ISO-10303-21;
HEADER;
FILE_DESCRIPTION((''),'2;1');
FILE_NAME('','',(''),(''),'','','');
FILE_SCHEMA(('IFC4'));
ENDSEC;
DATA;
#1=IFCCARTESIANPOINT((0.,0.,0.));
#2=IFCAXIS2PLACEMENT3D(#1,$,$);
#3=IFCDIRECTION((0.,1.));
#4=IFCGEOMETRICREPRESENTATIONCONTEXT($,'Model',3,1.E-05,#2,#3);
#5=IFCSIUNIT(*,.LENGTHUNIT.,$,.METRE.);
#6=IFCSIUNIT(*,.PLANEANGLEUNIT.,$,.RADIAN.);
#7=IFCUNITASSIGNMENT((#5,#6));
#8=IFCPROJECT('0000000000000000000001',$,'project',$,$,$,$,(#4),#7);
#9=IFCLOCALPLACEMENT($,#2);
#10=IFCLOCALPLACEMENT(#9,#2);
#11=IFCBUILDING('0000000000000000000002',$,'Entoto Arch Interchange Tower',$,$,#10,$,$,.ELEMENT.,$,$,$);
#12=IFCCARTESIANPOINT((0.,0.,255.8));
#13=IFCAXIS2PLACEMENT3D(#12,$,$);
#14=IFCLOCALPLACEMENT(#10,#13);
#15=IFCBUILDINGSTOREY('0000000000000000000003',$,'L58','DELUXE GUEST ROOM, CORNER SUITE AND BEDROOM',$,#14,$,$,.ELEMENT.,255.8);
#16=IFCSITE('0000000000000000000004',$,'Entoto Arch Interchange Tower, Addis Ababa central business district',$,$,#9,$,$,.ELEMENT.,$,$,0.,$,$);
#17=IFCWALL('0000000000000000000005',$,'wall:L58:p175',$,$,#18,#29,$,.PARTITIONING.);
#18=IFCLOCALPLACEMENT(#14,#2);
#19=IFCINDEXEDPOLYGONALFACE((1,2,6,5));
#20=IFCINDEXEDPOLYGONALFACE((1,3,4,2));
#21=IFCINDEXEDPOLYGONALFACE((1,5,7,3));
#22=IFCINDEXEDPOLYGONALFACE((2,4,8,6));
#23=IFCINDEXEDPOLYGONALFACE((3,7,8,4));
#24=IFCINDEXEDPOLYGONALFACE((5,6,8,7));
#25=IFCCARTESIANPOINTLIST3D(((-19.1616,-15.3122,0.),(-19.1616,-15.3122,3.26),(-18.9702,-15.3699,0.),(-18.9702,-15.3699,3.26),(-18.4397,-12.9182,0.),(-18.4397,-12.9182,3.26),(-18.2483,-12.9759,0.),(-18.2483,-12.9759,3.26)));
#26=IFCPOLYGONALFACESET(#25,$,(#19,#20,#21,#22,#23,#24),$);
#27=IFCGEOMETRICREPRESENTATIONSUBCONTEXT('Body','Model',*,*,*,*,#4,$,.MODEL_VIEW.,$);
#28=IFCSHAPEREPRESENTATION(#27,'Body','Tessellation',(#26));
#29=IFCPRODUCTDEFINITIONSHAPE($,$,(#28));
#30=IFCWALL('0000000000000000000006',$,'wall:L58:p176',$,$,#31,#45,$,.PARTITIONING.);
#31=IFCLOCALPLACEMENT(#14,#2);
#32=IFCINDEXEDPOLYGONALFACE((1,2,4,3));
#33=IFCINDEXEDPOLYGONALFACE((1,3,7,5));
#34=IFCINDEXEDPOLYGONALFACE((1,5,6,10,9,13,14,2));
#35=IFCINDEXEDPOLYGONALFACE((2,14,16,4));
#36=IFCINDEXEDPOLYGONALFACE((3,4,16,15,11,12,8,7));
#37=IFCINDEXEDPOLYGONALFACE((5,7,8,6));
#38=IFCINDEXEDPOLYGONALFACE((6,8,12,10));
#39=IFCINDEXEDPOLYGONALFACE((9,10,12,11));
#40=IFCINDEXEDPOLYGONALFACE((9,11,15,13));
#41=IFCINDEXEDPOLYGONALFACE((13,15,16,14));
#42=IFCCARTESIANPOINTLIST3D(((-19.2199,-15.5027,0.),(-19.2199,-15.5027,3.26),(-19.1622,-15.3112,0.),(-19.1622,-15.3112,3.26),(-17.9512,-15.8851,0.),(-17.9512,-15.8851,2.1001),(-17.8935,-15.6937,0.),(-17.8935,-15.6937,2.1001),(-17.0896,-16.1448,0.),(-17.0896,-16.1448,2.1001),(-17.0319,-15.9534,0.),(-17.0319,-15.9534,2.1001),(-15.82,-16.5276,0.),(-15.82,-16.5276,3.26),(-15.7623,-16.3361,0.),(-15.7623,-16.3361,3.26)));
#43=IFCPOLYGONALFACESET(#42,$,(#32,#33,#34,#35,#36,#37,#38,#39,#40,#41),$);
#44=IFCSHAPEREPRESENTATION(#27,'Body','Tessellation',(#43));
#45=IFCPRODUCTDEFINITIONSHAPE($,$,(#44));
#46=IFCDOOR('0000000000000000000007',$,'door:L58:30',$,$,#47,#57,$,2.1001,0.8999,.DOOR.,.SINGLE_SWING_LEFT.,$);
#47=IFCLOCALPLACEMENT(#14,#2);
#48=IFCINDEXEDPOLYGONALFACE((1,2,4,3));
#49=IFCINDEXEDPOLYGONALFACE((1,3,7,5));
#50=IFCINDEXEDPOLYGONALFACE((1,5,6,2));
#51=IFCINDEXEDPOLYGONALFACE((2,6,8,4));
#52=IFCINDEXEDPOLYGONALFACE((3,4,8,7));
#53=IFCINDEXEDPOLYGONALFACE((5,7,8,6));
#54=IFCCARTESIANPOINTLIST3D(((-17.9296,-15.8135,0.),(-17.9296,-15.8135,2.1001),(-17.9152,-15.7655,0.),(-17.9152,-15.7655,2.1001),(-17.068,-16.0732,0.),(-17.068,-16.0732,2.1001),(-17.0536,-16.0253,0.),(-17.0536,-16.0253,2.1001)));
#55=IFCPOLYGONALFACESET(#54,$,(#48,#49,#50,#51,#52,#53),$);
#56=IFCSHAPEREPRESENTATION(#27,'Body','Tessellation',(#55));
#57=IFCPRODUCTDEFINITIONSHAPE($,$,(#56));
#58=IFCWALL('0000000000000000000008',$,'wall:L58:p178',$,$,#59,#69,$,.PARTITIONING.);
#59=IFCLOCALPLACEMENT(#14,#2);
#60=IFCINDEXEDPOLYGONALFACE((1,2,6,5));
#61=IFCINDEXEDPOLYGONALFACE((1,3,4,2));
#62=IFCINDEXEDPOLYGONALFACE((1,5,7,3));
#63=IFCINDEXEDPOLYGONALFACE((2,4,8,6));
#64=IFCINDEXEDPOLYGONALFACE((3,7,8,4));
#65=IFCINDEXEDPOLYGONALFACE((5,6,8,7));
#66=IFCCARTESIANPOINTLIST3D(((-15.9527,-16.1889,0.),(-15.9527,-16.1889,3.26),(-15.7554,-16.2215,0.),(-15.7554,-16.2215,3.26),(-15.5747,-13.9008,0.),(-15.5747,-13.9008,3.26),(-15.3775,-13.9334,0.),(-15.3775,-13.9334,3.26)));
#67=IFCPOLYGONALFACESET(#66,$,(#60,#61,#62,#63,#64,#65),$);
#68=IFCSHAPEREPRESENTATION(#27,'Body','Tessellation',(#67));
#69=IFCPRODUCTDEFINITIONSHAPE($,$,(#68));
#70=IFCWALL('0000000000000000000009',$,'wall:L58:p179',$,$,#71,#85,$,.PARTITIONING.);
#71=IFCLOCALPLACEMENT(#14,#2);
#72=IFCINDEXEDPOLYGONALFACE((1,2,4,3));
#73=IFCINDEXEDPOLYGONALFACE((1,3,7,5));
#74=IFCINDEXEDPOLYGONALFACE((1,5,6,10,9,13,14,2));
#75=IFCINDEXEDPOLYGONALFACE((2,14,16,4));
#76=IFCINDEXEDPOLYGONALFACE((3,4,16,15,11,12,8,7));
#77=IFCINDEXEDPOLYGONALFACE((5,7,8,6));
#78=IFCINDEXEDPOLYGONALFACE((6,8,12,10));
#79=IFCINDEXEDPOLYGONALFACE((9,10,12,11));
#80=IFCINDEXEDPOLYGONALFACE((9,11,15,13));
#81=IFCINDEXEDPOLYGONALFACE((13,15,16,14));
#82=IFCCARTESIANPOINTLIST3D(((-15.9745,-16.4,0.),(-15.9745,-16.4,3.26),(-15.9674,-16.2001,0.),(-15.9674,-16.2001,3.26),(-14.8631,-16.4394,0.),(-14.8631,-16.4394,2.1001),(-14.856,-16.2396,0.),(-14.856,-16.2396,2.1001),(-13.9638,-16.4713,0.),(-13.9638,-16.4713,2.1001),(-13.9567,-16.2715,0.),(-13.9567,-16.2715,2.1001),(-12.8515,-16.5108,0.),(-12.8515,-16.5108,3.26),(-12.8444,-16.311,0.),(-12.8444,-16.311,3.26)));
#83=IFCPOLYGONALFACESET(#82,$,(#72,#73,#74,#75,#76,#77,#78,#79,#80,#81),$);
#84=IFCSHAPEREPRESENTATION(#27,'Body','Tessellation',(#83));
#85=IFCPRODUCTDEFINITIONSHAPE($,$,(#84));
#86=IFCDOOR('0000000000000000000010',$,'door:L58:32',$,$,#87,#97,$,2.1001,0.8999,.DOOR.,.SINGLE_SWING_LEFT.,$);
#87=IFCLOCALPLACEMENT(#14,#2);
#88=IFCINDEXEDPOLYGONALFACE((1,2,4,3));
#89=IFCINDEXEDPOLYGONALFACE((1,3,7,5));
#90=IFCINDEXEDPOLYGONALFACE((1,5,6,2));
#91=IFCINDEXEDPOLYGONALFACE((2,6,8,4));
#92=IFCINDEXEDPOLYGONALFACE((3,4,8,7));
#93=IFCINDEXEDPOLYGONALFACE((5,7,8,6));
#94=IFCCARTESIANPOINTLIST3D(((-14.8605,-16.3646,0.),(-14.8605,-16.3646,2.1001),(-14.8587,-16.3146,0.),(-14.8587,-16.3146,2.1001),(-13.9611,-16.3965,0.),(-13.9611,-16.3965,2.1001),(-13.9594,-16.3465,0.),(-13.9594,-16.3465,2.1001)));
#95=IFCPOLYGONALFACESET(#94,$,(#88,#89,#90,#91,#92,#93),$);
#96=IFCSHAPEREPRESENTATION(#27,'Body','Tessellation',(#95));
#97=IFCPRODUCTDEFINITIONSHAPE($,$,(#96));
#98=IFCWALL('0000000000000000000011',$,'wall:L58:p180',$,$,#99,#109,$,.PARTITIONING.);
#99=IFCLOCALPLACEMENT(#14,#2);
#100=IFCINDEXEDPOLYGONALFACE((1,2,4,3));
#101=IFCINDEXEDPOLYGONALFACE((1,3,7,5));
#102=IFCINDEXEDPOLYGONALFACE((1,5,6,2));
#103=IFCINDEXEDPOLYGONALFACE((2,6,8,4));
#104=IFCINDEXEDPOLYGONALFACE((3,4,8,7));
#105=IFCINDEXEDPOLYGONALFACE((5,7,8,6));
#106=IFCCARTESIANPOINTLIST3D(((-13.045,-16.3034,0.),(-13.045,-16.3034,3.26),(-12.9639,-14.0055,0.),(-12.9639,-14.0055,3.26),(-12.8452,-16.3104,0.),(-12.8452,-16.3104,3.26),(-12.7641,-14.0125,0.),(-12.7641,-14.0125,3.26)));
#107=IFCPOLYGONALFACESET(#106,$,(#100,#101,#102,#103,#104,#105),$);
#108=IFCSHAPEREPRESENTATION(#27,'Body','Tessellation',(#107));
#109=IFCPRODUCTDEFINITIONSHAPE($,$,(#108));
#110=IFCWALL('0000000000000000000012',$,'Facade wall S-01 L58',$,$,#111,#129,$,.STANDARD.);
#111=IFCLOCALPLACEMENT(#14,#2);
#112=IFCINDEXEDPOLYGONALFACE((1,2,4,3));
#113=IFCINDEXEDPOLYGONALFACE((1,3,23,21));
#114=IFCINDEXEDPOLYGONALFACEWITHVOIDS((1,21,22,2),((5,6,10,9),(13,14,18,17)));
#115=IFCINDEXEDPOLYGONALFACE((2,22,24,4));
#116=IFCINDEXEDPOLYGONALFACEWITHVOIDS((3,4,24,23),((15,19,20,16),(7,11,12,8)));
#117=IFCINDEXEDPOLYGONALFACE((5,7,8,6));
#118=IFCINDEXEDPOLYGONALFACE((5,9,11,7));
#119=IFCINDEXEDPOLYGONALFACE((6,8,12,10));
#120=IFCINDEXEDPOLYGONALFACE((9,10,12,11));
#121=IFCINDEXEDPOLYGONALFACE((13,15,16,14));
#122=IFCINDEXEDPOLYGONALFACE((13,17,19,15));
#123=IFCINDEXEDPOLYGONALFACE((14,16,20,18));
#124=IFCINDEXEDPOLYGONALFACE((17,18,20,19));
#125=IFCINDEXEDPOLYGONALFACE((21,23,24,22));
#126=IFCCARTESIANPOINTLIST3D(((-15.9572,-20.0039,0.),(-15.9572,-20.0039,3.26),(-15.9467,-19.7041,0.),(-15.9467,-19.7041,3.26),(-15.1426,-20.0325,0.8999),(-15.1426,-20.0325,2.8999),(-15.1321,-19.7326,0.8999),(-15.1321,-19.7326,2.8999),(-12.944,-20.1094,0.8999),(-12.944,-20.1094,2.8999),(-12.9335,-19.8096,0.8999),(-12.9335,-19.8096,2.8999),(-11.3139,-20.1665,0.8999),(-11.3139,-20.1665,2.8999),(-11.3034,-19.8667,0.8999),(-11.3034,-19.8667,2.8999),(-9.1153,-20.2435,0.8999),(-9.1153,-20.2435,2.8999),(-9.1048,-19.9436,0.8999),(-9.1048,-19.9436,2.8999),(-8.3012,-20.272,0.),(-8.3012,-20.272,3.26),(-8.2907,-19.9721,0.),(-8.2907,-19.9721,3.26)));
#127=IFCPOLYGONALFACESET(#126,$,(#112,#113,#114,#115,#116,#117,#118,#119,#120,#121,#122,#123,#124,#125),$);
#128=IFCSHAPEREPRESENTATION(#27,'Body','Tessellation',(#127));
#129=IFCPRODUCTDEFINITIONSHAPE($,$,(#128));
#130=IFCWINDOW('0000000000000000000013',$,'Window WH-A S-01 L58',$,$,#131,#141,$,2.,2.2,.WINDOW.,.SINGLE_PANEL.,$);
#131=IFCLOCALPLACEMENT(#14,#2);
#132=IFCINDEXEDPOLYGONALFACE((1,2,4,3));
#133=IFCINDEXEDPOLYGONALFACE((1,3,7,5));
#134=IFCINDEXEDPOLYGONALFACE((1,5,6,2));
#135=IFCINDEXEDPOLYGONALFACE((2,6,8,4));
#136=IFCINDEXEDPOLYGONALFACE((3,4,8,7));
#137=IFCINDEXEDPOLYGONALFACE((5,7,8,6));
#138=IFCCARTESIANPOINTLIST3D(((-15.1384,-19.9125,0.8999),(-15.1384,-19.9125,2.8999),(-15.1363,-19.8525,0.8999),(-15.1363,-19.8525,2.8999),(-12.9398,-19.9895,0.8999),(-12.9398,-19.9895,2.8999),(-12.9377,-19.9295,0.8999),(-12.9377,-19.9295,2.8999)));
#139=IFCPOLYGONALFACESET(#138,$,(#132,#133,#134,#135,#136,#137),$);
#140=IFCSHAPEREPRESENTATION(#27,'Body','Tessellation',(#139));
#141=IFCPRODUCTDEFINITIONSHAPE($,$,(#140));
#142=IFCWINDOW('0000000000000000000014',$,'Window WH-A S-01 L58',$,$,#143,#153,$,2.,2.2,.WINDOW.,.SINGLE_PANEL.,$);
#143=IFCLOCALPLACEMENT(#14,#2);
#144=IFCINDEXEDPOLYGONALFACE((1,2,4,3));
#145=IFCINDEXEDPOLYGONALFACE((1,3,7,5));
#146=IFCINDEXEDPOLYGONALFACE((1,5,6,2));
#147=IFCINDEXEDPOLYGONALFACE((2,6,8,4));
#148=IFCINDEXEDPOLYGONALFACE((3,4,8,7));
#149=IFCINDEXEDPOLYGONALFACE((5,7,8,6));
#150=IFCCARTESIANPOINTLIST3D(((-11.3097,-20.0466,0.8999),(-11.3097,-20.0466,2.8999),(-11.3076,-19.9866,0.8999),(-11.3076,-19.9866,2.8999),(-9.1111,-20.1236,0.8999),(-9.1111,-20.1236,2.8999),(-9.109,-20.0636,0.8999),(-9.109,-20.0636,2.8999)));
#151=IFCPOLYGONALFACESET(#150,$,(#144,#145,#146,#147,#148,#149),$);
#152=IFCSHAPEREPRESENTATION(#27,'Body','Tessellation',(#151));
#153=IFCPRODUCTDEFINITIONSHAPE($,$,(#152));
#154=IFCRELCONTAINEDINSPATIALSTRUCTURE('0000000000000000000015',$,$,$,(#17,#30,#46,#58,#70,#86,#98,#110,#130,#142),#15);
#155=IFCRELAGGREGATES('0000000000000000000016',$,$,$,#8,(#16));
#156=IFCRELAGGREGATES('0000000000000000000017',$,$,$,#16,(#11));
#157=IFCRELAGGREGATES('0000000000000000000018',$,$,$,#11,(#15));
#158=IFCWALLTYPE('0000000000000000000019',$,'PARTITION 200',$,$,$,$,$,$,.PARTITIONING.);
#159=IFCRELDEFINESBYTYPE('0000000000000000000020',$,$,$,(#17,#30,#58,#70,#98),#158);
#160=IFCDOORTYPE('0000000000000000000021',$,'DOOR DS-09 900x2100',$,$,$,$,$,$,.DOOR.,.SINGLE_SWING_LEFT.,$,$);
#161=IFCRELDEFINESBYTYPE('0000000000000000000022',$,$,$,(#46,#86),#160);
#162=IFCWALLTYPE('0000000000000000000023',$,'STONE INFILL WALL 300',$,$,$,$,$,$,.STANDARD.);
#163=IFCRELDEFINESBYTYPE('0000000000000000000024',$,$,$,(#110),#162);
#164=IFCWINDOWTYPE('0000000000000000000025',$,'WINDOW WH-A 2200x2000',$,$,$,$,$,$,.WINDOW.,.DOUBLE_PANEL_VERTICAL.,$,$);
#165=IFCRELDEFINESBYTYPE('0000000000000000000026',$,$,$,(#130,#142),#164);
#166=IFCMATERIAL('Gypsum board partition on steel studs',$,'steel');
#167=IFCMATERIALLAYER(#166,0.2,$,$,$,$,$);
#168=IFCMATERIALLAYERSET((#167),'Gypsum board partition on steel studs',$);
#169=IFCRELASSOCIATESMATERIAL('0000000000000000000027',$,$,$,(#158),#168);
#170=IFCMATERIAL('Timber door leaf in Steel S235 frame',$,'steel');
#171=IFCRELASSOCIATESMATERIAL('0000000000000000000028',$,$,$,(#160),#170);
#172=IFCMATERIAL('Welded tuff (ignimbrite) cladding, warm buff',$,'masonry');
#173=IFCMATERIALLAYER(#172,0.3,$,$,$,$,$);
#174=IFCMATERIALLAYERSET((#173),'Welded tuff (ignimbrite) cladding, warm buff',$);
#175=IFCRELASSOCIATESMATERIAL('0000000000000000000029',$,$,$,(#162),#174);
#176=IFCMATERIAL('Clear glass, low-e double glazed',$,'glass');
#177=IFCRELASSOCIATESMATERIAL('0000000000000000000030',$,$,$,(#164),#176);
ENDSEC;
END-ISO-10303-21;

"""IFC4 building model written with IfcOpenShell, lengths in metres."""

from ifc_helpers import new_model, si_unit, direction, frame, frame_2d, origin, place, context, subcontext, project, spatial, rectangle, extrude, material, layer, layer_set, type_object, element, fill, save


model = new_model("IFC4")

# Units and contexts
model_context = context("Model", 3, precision=1e-05, world=origin(), true_north=direction((0.0, 1.0)))
body_context = subcontext(model_context, "Body", "Model", "MODEL_VIEW")
ifc_project = project(units=[si_unit("LENGTHUNIT", "METRE"), si_unit("PLANEANGLEUNIT", "RADIAN")], contexts=[model_context])

# Site, building, storey
site_placement = place(None, origin())
site = spatial("IfcSite", under=ifc_project, at=site_placement, Name="Entoto Arch Interchange Tower, Addis Ababa central business district", CompositionType="ELEMENT", RefElevation=0.0)
building_placement = place(site_placement, origin())
building = spatial("IfcBuilding", under=site, at=building_placement, Name="Entoto Arch Interchange Tower", CompositionType="ELEMENT")
storey_placement = place(building_placement, frame((0.0, 0.0, 255.8)))
storey = spatial("IfcBuildingStorey", under=building, at=storey_placement, Name="L58", Description="DELUXE GUEST ROOM, CORNER SUITE AND BEDROOM", CompositionType="ELEMENT", Elevation=255.8)

# Shared definitions
ifc_material_1 = material(Name="Gypsum board partition on steel studs", Category="steel")
ifc_layer_1 = layer(ifc_material_1, 0.2)
ifc_layer_set_1 = layer_set([ifc_layer_1], Name="Gypsum board partition on steel studs")
wall_type_1 = type_object("IfcWallType", Name="PARTITION 200", PredefinedType="PARTITIONING", material=ifc_layer_set_1)

# Shared definitions
ifc_material_2 = material(Name="Timber door leaf in Steel S235 frame", Category="steel")

# Wall
wall_1_placement = place(storey_placement, frame((-18.344, -12.947, 0.0), z_axis=(0.0, 0.0, 1.0), x_axis=(-0.288709, -0.957417, 0.0)))
element("IfcWall", 1, at=wall_1_placement, inside=storey, type_object=wall_type_1, Name="wall:L58:p175", PredefinedType="PARTITIONING", context=body_context, shape_type="SweptSolid", body=[
    extrude(rectangle(XDim=2.5005, YDim=0.2, at=frame_2d((1.2502, 0.0))), origin(), (0.0, 0.0, 1.0), 3.26),
])

# Wall, opening, door
wall_2_placement = place(storey_placement, frame((-19.1909, -15.407, 0.0), z_axis=(0.0, 0.0, 1.0), x_axis=(0.957443, -0.288622, 0.0)))
wall_2 = element("IfcWall", 2, at=wall_2_placement, inside=storey, type_object=wall_type_1, Name="wall:L58:p176", PredefinedType="PARTITIONING", context=body_context, shape_type="SweptSolid", body=[
    extrude(rectangle(XDim=3.551, YDim=0.2, at=frame_2d((1.7754, 0.0))), origin(), (0.0, 0.0, 1.0), 3.26),
])
opening_1_placement = place(wall_2_placement, frame((1.325, 0.0, 0.0)))
opening_1 = element("IfcOpeningElement", 3, at=opening_1_placement, cuts=wall_2, PredefinedType="OPENING", context=body_context, shape_type="SweptSolid", body=[
    extrude(rectangle(XDim=0.8999, YDim=2.1001, at=frame_2d((0.45, 1.05))), frame((0.0, 0.1099, 0.0), z_axis=(0.0, -1.0, 0.0), x_axis=(1.0, 0.0, 0.0)), (0.0, 0.0, 1.0), 0.22),
])
door_type_1 = type_object("IfcDoorType", Name="DOOR DS-09 900x2100", OperationType="SINGLE_SWING_LEFT", PredefinedType="DOOR", material=ifc_material_2)
door_1_placement = place(opening_1_placement, origin())
door_1 = element("IfcDoor", 4, at=door_1_placement, inside=storey, type_object=door_type_1, Name="door:L58:30", OperationType="SINGLE_SWING_LEFT", OverallHeight=2.1001, OverallWidth=0.8999, PredefinedType="DOOR", context=body_context, shape_type="SweptSolid", body=[
    extrude(rectangle(XDim=0.8999, YDim=2.1001, at=frame_2d((0.45, 1.05))), frame((0.0, 0.0249, 0.0), z_axis=(0.0, -1.0, 0.0), x_axis=(1.0, 0.0, 0.0)), (0.0, 0.0, 1.0), 0.05),
])
fill(opening_1, door_1)

# Wall
wall_3_placement = place(storey_placement, frame((-15.4761, -13.917, 0.0), z_axis=(0.0, 0.0, 1.0), x_axis=(-0.162965, -0.986632, 0.0)))
element("IfcWall", 5, at=wall_3_placement, inside=storey, type_object=wall_type_1, Name="wall:L58:p178", PredefinedType="PARTITIONING", context=body_context, shape_type="SweptSolid", body=[
    extrude(rectangle(XDim=2.3191, YDim=0.2, at=frame_2d((1.1597, 0.0))), origin(), (0.0, 0.0, 1.0), 3.26),
])

# Wall, opening, door
wall_4_placement = place(storey_placement, frame((-15.9709, -16.3, 0.0), z_axis=(0.0, 0.0, 1.0), x_axis=(0.999371, -0.035469, 0.0)))
wall_4 = element("IfcWall", 6, at=wall_4_placement, inside=storey, type_object=wall_type_1, Name="wall:L58:p179", PredefinedType="PARTITIONING", context=body_context, shape_type="SweptSolid", body=[
    extrude(rectangle(XDim=3.125, YDim=0.2, at=frame_2d((1.5625, 0.0))), origin(), (0.0, 0.0, 1.0), 3.26),
])
opening_2_placement = place(wall_4_placement, frame((1.1121, 0.0, 0.0)))
opening_2 = element("IfcOpeningElement", 7, at=opening_2_placement, cuts=wall_4, PredefinedType="OPENING", context=body_context, shape_type="SweptSolid", body=[
    extrude(rectangle(XDim=0.8999, YDim=2.1001, at=frame_2d((0.45, 1.05))), frame((0.0, 0.1099, 0.0), z_axis=(0.0, -1.0, 0.0), x_axis=(1.0, 0.0, 0.0)), (0.0, 0.0, 1.0), 0.22),
])
door_2_placement = place(opening_2_placement, origin())
door_2 = element("IfcDoor", 8, at=door_2_placement, inside=storey, type_object=door_type_1, Name="door:L58:32", OperationType="SINGLE_SWING_LEFT", OverallHeight=2.1001, OverallWidth=0.8999, PredefinedType="DOOR", context=body_context, shape_type="SweptSolid", body=[
    extrude(rectangle(XDim=0.8999, YDim=2.1001, at=frame_2d((0.45, 1.05))), frame((0.0, 0.0249, 0.0), z_axis=(0.0, -1.0, 0.0), x_axis=(1.0, 0.0, 0.0)), (0.0, 0.0, 1.0), 0.05),
])
fill(opening_2, door_2)

# Wall
wall_5_placement = place(storey_placement, frame((-12.9451, -16.3069, 0.0), z_axis=(0.0, 0.0, 1.0), x_axis=(0.035252, 0.999378, 0.0)))
element("IfcWall", 9, at=wall_5_placement, inside=storey, type_object=wall_type_1, Name="wall:L58:p180", PredefinedType="PARTITIONING", context=body_context, shape_type="SweptSolid", body=[
    extrude(rectangle(XDim=2.2993, YDim=0.2, at=frame_2d((1.1497, 0.0))), origin(), (0.0, 0.0, 1.0), 3.26),
])

# Wall, openings, windows
ifc_material_3 = material(Name="Welded tuff (ignimbrite) cladding, warm buff", Category="masonry")
ifc_layer_2 = layer(ifc_material_3, 0.3)
ifc_layer_set_2 = layer_set([ifc_layer_2], Name="Welded tuff (ignimbrite) cladding, warm buff")
wall_type_2 = type_object("IfcWallType", Name="STONE INFILL WALL 300", PredefinedType="STANDARD", material=ifc_layer_set_2)
wall_6_placement = place(storey_placement, frame((-15.9519, -19.854, 0.0), z_axis=(0.0, 0.0, 1.0), x_axis=(0.999388, -0.034992, 0.0)))
wall_6 = element("IfcWall", 10, at=wall_6_placement, inside=storey, type_object=wall_type_2, Name="Facade wall S-01 L58", PredefinedType="STANDARD", context=body_context, shape_type="SweptSolid", body=[
    extrude(rectangle(XDim=7.6606, YDim=0.3, at=frame_2d((3.8303, 0.0))), origin(), (0.0, 0.0, 1.0), 3.26),
])
opening_3_placement = place(wall_6_placement, frame((0.8149, 0.0, 0.8999)))
opening_3 = element("IfcOpeningElement", 11, at=opening_3_placement, cuts=wall_6, PredefinedType="OPENING", context=body_context, shape_type="SweptSolid", body=[
    extrude(rectangle(XDim=2.2, YDim=2.0, at=frame_2d((1.1001, 1.0))), frame((0.0, 0.1602, 0.0), z_axis=(0.0, -1.0, 0.0), x_axis=(1.0, 0.0, 0.0)), (0.0, 0.0, 1.0), 0.3201),
])
opening_4_placement = place(wall_6_placement, frame((4.646, 0.0, 0.8999)))
opening_4 = element("IfcOpeningElement", 12, at=opening_4_placement, cuts=wall_6, PredefinedType="OPENING", context=body_context, shape_type="SweptSolid", body=[
    extrude(rectangle(XDim=2.2, YDim=2.0, at=frame_2d((1.1001, 1.0))), frame((0.0, 0.1602, 0.0), z_axis=(0.0, -1.0, 0.0), x_axis=(1.0, 0.0, 0.0)), (0.0, 0.0, 1.0), 0.3201),
])
ifc_material_4 = material(Name="Clear glass, low-e double glazed", Category="glass")
window_type_1 = type_object("IfcWindowType", Name="WINDOW WH-A 2200x2000", PartitioningType="DOUBLE_PANEL_VERTICAL", PredefinedType="WINDOW", material=ifc_material_4)
window_1_placement = place(opening_3_placement, origin())
window_1 = element("IfcWindow", 13, at=window_1_placement, inside=storey, type_object=window_type_1, Name="Window WH-A S-01 L58", OverallHeight=2.0, OverallWidth=2.2, PartitioningType="SINGLE_PANEL", PredefinedType="WINDOW", context=body_context, shape_type="SweptSolid", body=[
    extrude(rectangle(XDim=2.2, YDim=2.0, at=frame_2d((1.1001, 1.0))), frame((0.0, 0.03, 0.0), z_axis=(0.0, -1.0, 0.0), x_axis=(1.0, 0.0, 0.0)), (0.0, 0.0, 1.0), 0.0601),
])
fill(opening_3, window_1)
window_2_placement = place(opening_4_placement, origin())
window_2 = element("IfcWindow", 14, at=window_2_placement, inside=storey, type_object=window_type_1, Name="Window WH-A S-01 L58", OverallHeight=2.0, OverallWidth=2.2, PartitioningType="SINGLE_PANEL", PredefinedType="WINDOW", context=body_context, shape_type="SweptSolid", body=[
    extrude(rectangle(XDim=2.2, YDim=2.0, at=frame_2d((1.1001, 1.0))), frame((0.0, 0.03, 0.0), z_axis=(0.0, -1.0, 0.0), x_axis=(1.0, 0.0, 0.0)), (0.0, 0.0, 1.0), 0.0601),
])
fill(opening_4, window_2)

save(model, "model.ifc")
